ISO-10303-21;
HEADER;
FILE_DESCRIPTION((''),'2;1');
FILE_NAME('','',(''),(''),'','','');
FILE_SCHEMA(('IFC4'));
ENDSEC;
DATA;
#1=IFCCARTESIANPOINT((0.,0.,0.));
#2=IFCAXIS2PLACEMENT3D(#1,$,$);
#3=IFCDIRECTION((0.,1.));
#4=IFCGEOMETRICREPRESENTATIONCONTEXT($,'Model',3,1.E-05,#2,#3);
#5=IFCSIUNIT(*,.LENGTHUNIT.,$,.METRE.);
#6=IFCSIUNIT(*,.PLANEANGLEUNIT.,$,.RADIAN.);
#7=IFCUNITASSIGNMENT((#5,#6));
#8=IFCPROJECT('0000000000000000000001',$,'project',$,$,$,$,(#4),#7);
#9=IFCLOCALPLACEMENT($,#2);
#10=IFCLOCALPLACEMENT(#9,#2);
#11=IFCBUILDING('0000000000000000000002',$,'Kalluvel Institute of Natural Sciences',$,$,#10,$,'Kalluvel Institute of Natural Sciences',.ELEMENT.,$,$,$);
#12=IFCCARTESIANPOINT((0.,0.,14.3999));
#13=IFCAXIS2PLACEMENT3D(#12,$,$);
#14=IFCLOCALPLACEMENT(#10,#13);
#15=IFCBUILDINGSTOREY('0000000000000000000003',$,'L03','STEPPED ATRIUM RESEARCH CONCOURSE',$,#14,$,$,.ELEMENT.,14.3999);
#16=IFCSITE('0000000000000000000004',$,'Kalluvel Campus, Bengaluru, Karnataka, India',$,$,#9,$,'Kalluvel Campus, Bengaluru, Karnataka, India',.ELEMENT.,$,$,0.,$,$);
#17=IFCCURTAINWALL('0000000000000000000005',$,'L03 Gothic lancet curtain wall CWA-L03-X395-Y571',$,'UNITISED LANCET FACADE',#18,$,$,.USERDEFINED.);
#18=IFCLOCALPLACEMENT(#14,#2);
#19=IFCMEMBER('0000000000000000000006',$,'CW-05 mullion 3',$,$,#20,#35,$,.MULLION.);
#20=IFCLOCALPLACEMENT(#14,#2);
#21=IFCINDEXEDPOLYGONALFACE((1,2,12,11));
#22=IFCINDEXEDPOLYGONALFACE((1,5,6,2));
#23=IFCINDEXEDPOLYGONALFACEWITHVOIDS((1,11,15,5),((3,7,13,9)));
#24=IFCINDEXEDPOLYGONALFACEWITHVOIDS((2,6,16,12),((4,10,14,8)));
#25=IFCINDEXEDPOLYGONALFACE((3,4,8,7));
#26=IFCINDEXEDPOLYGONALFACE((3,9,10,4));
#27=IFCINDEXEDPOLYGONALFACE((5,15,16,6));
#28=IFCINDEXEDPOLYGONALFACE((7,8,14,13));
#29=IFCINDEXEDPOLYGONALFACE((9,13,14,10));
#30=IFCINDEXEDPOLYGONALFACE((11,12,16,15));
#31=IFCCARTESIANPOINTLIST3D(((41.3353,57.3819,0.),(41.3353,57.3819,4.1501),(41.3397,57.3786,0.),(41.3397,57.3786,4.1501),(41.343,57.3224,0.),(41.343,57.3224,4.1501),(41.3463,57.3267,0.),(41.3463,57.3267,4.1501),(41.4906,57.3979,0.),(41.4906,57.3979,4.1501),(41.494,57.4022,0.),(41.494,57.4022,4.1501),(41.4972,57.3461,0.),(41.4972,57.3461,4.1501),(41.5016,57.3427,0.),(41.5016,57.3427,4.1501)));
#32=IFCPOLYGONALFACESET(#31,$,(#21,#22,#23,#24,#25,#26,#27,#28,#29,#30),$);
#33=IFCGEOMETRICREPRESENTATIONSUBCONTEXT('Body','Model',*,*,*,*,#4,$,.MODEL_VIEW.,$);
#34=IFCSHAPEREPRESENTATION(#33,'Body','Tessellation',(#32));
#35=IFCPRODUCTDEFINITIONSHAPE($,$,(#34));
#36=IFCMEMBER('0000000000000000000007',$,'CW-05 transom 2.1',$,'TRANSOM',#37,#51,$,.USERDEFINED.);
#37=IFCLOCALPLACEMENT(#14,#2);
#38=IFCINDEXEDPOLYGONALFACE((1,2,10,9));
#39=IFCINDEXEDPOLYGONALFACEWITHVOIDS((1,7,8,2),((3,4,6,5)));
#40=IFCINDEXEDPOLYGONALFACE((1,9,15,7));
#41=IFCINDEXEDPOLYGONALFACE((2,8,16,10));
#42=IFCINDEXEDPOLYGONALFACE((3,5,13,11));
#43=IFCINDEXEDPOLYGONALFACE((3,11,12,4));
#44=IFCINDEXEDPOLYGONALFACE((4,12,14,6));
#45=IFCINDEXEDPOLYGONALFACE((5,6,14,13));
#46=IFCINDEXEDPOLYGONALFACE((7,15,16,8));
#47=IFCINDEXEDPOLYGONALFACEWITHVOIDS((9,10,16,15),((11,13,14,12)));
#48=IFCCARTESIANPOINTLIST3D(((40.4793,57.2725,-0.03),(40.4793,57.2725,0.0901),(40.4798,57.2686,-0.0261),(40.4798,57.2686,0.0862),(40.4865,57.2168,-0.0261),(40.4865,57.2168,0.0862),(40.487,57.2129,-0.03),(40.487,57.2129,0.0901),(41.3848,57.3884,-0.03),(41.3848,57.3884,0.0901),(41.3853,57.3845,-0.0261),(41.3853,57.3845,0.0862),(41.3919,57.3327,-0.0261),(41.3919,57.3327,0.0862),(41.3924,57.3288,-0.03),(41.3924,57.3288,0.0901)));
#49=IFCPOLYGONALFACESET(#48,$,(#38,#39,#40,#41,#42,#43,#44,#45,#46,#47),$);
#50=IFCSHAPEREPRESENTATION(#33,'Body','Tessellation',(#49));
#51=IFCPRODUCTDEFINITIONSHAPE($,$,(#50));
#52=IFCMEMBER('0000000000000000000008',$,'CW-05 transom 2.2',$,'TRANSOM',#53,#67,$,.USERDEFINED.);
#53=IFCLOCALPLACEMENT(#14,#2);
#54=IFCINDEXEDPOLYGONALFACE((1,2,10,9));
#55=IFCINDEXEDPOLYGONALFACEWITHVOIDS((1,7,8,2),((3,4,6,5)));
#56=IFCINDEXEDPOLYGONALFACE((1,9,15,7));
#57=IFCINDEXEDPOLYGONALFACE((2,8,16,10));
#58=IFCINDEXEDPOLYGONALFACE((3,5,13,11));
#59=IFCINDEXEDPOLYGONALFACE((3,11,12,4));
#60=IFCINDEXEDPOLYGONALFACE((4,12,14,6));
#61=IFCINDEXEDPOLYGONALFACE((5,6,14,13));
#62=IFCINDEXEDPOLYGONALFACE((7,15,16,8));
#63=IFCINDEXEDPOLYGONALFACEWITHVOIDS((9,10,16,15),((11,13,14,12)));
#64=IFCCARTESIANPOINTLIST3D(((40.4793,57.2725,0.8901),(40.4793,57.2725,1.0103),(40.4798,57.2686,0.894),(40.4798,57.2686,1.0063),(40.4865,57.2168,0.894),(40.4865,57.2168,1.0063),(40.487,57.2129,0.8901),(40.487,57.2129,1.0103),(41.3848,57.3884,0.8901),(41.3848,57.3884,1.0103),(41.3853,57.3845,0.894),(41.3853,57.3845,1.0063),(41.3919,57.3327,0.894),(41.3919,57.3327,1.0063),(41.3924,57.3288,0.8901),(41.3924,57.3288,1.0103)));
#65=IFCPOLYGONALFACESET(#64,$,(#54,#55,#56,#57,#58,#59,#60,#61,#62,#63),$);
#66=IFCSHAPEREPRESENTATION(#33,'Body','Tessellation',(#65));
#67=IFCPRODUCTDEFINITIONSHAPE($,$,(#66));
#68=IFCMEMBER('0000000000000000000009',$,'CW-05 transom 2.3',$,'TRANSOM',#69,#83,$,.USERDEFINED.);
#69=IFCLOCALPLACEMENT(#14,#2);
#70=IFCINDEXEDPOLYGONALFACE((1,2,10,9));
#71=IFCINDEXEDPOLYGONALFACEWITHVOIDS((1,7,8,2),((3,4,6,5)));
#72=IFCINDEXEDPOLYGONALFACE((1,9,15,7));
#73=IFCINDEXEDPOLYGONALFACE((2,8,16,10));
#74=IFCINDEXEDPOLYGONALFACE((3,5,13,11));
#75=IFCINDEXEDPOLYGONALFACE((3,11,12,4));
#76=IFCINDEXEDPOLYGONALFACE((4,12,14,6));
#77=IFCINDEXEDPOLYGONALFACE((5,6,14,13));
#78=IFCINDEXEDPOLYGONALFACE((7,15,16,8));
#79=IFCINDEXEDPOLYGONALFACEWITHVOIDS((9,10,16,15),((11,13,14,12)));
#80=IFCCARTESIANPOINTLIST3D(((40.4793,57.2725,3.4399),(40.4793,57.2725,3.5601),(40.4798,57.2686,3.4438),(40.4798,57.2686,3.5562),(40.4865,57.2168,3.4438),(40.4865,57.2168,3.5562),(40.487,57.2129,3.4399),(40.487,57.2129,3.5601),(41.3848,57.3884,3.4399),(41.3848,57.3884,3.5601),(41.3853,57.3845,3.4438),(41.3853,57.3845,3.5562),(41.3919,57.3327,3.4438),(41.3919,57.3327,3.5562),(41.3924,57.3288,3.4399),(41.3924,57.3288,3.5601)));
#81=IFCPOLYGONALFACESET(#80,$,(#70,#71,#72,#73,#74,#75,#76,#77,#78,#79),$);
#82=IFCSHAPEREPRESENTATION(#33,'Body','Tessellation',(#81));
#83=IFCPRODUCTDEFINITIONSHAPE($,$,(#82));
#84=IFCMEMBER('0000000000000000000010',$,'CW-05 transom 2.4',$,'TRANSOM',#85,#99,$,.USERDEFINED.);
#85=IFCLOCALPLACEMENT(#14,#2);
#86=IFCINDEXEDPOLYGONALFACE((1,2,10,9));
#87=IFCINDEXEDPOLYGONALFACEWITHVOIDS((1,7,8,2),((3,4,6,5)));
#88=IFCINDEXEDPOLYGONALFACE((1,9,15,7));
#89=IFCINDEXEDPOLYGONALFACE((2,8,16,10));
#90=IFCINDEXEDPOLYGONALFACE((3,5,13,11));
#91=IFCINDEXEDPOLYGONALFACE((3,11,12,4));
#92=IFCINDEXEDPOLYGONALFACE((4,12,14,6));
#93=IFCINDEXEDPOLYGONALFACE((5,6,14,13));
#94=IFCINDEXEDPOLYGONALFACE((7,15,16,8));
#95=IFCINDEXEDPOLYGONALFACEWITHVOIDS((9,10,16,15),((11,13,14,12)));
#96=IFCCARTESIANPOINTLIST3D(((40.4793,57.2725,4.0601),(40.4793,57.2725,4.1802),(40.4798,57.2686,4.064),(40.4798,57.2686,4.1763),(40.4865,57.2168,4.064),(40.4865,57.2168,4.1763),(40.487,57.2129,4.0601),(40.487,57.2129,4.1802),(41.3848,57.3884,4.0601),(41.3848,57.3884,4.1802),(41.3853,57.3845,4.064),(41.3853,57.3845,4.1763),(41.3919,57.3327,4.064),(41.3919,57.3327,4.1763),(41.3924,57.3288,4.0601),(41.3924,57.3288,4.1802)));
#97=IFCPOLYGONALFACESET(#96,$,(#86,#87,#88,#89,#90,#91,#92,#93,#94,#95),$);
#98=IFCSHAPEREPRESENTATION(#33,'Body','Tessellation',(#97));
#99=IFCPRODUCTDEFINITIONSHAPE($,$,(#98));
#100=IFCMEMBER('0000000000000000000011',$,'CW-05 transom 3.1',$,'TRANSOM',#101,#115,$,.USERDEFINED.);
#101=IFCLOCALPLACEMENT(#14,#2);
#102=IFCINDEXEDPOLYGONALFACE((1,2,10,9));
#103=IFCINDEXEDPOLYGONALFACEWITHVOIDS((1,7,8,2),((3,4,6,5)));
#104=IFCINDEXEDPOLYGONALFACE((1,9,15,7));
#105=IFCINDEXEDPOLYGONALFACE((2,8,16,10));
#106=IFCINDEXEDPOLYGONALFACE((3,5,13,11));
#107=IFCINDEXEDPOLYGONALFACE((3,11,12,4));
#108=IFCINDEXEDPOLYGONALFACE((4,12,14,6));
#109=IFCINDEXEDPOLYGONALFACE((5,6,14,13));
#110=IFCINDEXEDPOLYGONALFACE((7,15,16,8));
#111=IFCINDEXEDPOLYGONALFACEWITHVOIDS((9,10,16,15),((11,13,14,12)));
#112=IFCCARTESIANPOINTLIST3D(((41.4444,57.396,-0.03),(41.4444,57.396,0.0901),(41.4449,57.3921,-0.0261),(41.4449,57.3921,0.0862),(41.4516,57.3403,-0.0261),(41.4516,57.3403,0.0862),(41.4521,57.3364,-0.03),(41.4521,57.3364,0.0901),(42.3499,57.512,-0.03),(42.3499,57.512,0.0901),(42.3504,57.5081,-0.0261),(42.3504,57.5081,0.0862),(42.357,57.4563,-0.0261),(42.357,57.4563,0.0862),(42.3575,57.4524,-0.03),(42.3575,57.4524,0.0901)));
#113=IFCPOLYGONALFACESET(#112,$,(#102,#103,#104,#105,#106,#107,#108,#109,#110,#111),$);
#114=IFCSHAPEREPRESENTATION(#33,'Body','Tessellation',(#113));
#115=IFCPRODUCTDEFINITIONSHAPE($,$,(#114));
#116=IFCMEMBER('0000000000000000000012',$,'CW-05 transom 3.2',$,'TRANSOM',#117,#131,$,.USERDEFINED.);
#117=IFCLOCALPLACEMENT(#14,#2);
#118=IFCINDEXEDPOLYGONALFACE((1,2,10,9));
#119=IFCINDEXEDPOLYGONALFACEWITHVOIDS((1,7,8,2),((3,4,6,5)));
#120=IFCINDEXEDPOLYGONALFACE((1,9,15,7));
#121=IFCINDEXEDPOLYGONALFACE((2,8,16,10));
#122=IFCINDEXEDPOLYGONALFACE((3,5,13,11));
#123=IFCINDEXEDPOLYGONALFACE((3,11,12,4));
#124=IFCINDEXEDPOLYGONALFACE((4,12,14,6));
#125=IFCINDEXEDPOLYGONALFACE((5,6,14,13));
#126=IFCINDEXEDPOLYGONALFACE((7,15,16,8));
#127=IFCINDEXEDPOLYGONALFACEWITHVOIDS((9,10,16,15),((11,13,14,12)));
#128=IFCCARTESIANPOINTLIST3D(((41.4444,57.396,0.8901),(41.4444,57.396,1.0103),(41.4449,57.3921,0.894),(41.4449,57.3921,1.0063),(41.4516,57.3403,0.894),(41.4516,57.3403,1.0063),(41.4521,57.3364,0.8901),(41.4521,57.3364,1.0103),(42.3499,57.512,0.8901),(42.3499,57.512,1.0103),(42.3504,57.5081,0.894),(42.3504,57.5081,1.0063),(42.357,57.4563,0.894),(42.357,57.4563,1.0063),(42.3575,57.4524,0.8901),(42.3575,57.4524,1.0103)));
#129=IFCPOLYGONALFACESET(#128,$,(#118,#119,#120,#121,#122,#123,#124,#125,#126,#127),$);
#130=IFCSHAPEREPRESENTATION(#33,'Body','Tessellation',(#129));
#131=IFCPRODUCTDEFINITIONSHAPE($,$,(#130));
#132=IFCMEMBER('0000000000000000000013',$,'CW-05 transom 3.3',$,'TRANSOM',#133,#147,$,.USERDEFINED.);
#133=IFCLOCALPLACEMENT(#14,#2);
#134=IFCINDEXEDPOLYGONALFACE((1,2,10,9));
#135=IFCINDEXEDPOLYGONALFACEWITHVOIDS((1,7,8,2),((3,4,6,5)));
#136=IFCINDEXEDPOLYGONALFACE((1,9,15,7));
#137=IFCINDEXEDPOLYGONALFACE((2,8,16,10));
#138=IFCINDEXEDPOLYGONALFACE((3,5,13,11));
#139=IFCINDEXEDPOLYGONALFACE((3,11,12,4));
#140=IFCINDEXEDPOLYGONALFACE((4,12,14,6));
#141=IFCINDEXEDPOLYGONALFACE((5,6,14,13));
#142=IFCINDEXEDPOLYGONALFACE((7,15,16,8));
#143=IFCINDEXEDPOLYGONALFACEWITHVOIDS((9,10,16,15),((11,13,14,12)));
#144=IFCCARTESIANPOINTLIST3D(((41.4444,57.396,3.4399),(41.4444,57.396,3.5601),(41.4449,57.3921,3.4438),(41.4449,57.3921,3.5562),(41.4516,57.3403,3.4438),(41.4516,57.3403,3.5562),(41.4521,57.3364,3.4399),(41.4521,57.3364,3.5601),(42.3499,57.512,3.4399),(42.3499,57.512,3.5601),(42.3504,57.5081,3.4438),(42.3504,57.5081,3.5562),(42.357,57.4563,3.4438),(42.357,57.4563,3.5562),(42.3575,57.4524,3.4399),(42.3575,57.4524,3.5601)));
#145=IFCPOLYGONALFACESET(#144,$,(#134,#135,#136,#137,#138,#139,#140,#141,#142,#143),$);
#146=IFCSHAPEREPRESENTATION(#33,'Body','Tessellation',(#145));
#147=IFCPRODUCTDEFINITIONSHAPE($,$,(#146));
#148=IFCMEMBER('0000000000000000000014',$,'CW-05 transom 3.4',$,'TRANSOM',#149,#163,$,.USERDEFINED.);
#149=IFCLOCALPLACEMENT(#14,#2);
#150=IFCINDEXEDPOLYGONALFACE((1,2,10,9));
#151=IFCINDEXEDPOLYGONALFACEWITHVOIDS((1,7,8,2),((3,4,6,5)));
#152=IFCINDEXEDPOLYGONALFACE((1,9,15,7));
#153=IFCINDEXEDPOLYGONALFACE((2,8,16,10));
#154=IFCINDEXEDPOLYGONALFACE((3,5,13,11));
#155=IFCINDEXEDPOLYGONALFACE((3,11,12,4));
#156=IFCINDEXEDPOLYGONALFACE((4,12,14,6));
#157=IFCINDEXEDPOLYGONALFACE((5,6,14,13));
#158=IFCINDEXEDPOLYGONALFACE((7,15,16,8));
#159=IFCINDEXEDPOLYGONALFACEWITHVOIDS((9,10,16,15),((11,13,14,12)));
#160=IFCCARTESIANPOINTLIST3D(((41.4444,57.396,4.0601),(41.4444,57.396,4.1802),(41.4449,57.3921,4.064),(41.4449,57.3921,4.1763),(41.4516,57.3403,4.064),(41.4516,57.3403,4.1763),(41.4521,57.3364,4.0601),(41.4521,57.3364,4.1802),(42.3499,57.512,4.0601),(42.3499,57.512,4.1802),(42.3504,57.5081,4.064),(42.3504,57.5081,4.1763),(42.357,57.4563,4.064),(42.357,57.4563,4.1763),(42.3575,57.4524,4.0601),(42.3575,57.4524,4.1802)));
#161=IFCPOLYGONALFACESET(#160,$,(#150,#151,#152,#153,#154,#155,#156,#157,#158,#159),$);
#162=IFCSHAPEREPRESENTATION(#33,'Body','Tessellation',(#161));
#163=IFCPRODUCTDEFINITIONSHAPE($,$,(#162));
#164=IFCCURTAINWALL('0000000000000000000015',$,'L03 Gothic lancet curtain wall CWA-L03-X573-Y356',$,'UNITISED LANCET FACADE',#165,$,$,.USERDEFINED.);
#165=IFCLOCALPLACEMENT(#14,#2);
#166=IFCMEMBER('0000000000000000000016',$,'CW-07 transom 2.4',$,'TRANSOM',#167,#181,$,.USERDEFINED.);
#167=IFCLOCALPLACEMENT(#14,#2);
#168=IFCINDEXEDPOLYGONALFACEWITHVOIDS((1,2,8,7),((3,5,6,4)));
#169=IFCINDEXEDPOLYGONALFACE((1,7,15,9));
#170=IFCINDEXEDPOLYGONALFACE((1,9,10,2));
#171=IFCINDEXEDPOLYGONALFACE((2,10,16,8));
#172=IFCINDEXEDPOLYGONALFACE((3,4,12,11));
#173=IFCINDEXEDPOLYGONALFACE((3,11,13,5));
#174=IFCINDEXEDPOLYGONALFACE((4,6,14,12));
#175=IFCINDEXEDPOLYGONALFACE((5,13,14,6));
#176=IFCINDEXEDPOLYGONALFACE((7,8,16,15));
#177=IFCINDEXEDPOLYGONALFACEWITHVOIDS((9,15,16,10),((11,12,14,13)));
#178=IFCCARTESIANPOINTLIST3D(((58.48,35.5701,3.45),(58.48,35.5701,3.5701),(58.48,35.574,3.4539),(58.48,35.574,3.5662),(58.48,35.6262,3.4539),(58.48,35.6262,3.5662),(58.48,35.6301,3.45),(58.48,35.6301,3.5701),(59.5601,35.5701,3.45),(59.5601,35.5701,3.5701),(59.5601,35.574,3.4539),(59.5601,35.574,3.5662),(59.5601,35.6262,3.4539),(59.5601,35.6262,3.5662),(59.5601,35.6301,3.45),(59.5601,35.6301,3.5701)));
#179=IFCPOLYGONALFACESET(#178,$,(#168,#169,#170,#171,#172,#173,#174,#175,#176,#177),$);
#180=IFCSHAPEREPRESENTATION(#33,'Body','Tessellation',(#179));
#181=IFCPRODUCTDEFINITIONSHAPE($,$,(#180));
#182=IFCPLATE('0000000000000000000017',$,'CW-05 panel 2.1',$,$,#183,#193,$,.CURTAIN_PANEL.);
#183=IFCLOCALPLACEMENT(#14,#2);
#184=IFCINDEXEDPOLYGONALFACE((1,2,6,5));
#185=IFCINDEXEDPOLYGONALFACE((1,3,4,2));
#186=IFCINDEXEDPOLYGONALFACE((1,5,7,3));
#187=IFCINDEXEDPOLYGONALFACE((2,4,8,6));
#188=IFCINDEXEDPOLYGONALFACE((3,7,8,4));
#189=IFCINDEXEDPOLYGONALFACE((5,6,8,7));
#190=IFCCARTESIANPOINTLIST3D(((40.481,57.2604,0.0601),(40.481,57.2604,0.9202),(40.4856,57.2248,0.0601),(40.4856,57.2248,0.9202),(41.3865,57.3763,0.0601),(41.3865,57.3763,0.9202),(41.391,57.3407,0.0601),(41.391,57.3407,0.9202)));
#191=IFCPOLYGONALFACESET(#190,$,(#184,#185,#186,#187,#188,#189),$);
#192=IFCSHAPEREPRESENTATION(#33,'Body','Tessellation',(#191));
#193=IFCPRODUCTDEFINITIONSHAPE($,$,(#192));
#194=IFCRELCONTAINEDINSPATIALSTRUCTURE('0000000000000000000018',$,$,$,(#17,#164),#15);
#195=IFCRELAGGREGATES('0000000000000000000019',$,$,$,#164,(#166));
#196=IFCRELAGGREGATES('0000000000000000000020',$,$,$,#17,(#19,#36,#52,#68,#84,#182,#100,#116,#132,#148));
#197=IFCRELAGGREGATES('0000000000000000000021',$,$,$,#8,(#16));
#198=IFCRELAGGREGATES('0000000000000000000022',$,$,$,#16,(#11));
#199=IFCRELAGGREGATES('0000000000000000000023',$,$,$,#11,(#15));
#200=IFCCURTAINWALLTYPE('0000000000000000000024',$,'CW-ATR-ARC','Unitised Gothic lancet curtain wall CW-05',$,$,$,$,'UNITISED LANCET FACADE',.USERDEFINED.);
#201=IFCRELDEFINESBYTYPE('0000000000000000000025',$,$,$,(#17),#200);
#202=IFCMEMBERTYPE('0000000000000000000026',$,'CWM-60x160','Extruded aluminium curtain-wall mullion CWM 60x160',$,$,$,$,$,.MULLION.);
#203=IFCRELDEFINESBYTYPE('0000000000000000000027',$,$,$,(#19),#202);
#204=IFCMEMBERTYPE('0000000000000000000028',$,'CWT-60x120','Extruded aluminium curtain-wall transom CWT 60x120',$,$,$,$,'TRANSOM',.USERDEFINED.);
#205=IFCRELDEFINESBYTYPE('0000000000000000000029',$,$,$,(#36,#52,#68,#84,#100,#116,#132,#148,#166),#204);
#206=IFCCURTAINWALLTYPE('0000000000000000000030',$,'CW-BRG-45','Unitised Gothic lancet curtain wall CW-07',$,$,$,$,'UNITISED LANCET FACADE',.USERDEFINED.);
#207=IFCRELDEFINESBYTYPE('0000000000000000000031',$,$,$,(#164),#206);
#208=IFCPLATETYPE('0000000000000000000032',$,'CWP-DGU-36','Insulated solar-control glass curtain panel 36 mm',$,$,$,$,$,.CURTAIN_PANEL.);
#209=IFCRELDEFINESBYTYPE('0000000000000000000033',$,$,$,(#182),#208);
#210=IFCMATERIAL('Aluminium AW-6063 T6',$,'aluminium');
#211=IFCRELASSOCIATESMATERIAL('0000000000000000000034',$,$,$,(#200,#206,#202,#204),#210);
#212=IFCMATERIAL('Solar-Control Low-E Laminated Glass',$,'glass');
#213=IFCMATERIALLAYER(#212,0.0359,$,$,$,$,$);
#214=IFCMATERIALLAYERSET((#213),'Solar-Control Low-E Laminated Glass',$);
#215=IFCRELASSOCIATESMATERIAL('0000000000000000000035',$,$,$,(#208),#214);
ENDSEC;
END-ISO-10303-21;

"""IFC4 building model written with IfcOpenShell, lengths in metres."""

from ifc_helpers import new_model, si_unit, direction, frame, origin, origin_2d, place, context, subcontext, project, spatial, rectangle, hollow_rectangle, extrude, material, layer, layer_set, material_profile, profile_set, type_object, element, aggregate, save


model = new_model("IFC4")

# Units and contexts
model_context = context("Model", 3, precision=1e-05, world=origin(), true_north=direction((0.0, 1.0)))
body_context = subcontext(model_context, "Body", "Model", "MODEL_VIEW")
ifc_project = project(units=[si_unit("LENGTHUNIT", "METRE"), si_unit("PLANEANGLEUNIT", "RADIAN")], contexts=[model_context])

# Site, building, storey
site_placement = place(None, origin())
site = spatial("IfcSite", under=ifc_project, at=site_placement, Name="Kalluvel Campus, Bengaluru, Karnataka, India", LongName="Kalluvel Campus, Bengaluru, Karnataka, India", CompositionType="ELEMENT", RefElevation=0.0)
building_placement = place(site_placement, origin())
building = spatial("IfcBuilding", under=site, at=building_placement, Name="Kalluvel Institute of Natural Sciences", LongName="Kalluvel Institute of Natural Sciences", CompositionType="ELEMENT")
storey_placement = place(building_placement, frame((0.0, 0.0, 14.3999)))
storey = spatial("IfcBuildingStorey", under=building, at=storey_placement, Name="L03", Description="STEPPED ATRIUM RESEARCH CONCOURSE", CompositionType="ELEMENT", Elevation=14.3999)

# Curtain wall, members
ifc_material_1 = material(Name="Aluminium AW-6063 T6", Category="aluminium")
curtain_wall_type_1 = type_object("IfcCurtainWallType", Name="CW-ATR-ARC", Description="Unitised Gothic lancet curtain wall CW-05", ElementType="UNITISED LANCET FACADE", PredefinedType="USERDEFINED", material=ifc_material_1)
curtain_wall_1_placement = place(storey_placement, origin())
curtain_wall_1 = element("IfcCurtainWall", 1, at=curtain_wall_1_placement, inside=storey, type_object=curtain_wall_type_1, Name="L03 Gothic lancet curtain wall CWA-L03-X395-Y571", ObjectType="UNITISED LANCET FACADE", PredefinedType="USERDEFINED")
ifc_material_profile_1 = material_profile(ifc_material_1, hollow_rectangle(XDim=0.0601, YDim=0.1599, WallThickness=0.0039, at=origin_2d()), Name="CWM 60x160")
ifc_profile_set_1 = profile_set([ifc_material_profile_1], Name="Aluminium AW-6063 T6")
member_type_1 = type_object("IfcMemberType", Name="CWM-60x160", Description="Extruded aluminium curtain-wall mullion CWM 60x160", PredefinedType="MULLION", material=ifc_profile_set_1)
member_1_placement = place(storey_placement, frame((41.4185, 57.3623, 0.0), z_axis=(0.0, 0.0, 1.0), x_axis=(-0.12701, 0.991901, 0.0)))
member_1 = element("IfcMember", 2, at=member_1_placement, type_object=member_type_1, Name="CW-05 mullion 3", PredefinedType="MULLION", context=body_context, shape_type="SweptSolid", body=[
    extrude(hollow_rectangle(XDim=0.0601, YDim=0.1599, WallThickness=0.0039, at=origin_2d()), origin(), (0.0, 0.0, 1.0), 4.1501),
])
ifc_material_profile_2 = material_profile(ifc_material_1, hollow_rectangle(XDim=0.0601, YDim=0.1201, WallThickness=0.0039, at=origin_2d()), Name="CWT 60x120")
ifc_profile_set_2 = profile_set([ifc_material_profile_2], Name="Aluminium AW-6063 T6")
member_type_2 = type_object("IfcMemberType", Name="CWT-60x120", Description="Extruded aluminium curtain-wall transom CWT 60x120", ElementType="TRANSOM", PredefinedType="USERDEFINED", material=ifc_profile_set_2)
member_2_placement = place(storey_placement, frame((40.4832, 57.2427, 0.03), z_axis=(0.991899, 0.127029, 0.0), x_axis=(-0.127029, 0.991899, 0.0)))
member_2 = element("IfcMember", 3, at=member_2_placement, type_object=member_type_2, Name="CW-05 transom 2.1", ObjectType="TRANSOM", PredefinedType="USERDEFINED", context=body_context, shape_type="SweptSolid", body=[
    extrude(hollow_rectangle(XDim=0.0601, YDim=0.1201, WallThickness=0.0039, at=origin_2d()), origin(), (0.0, 0.0, 1.0), 0.9128),
])
member_3_placement = place(storey_placement, frame((40.4832, 57.2427, 0.9502), z_axis=(0.991899, 0.127029, 0.0), x_axis=(-0.127029, 0.991899, 0.0)))
member_3 = element("IfcMember", 4, at=member_3_placement, type_object=member_type_2, Name="CW-05 transom 2.2", ObjectType="TRANSOM", PredefinedType="USERDEFINED", context=body_context, shape_type="SweptSolid", body=[
    extrude(hollow_rectangle(XDim=0.0601, YDim=0.1201, WallThickness=0.0039, at=origin_2d()), origin(), (0.0, 0.0, 1.0), 0.9128),
])
member_4_placement = place(storey_placement, frame((40.4832, 57.2427, 3.5), z_axis=(0.991899, 0.127029, 0.0), x_axis=(-0.127029, 0.991899, 0.0)))
member_4 = element("IfcMember", 5, at=member_4_placement, type_object=member_type_2, Name="CW-05 transom 2.3", ObjectType="TRANSOM", PredefinedType="USERDEFINED", context=body_context, shape_type="SweptSolid", body=[
    extrude(hollow_rectangle(XDim=0.0601, YDim=0.1201, WallThickness=0.0039, at=origin_2d()), origin(), (0.0, 0.0, 1.0), 0.9128),
])
member_5_placement = place(storey_placement, frame((40.4832, 57.2427, 4.1201), z_axis=(0.991899, 0.127029, 0.0), x_axis=(-0.127029, 0.991899, 0.0)))
member_5 = element("IfcMember", 6, at=member_5_placement, type_object=member_type_2, Name="CW-05 transom 2.4", ObjectType="TRANSOM", PredefinedType="USERDEFINED", context=body_context, shape_type="SweptSolid", body=[
    extrude(hollow_rectangle(XDim=0.0601, YDim=0.1201, WallThickness=0.0039, at=origin_2d()), origin(), (0.0, 0.0, 1.0), 0.9128),
])
member_6_placement = place(storey_placement, frame((41.4482, 57.3662, 0.03), z_axis=(0.991899, 0.127029, 0.0), x_axis=(-0.127029, 0.991899, 0.0)))
member_6 = element("IfcMember", 7, at=member_6_placement, type_object=member_type_2, Name="CW-05 transom 3.1", ObjectType="TRANSOM", PredefinedType="USERDEFINED", context=body_context, shape_type="SweptSolid", body=[
    extrude(hollow_rectangle(XDim=0.0601, YDim=0.1201, WallThickness=0.0039, at=origin_2d()), origin(), (0.0, 0.0, 1.0), 0.9128),
])
member_7_placement = place(storey_placement, frame((41.4482, 57.3662, 0.9502), z_axis=(0.991899, 0.127029, 0.0), x_axis=(-0.127029, 0.991899, 0.0)))
member_7 = element("IfcMember", 8, at=member_7_placement, type_object=member_type_2, Name="CW-05 transom 3.2", ObjectType="TRANSOM", PredefinedType="USERDEFINED", context=body_context, shape_type="SweptSolid", body=[
    extrude(hollow_rectangle(XDim=0.0601, YDim=0.1201, WallThickness=0.0039, at=origin_2d()), origin(), (0.0, 0.0, 1.0), 0.9128),
])
member_8_placement = place(storey_placement, frame((41.4482, 57.3662, 3.5), z_axis=(0.991899, 0.127029, 0.0), x_axis=(-0.127029, 0.991899, 0.0)))
member_8 = element("IfcMember", 9, at=member_8_placement, type_object=member_type_2, Name="CW-05 transom 3.3", ObjectType="TRANSOM", PredefinedType="USERDEFINED", context=body_context, shape_type="SweptSolid", body=[
    extrude(hollow_rectangle(XDim=0.0601, YDim=0.1201, WallThickness=0.0039, at=origin_2d()), origin(), (0.0, 0.0, 1.0), 0.9128),
])
member_9_placement = place(storey_placement, frame((41.4482, 57.3662, 4.1201), z_axis=(0.991899, 0.127029, 0.0), x_axis=(-0.127029, 0.991899, 0.0)))
member_9 = element("IfcMember", 10, at=member_9_placement, type_object=member_type_2, Name="CW-05 transom 3.4", ObjectType="TRANSOM", PredefinedType="USERDEFINED", context=body_context, shape_type="SweptSolid", body=[
    extrude(hollow_rectangle(XDim=0.0601, YDim=0.1201, WallThickness=0.0039, at=origin_2d()), origin(), (0.0, 0.0, 1.0), 0.9128),
])

# Curtain wall, member
curtain_wall_type_2 = type_object("IfcCurtainWallType", Name="CW-BRG-45", Description="Unitised Gothic lancet curtain wall CW-07", ElementType="UNITISED LANCET FACADE", PredefinedType="USERDEFINED", material=ifc_material_1)
curtain_wall_2_placement = place(storey_placement, origin())
curtain_wall_2 = element("IfcCurtainWall", 11, at=curtain_wall_2_placement, inside=storey, type_object=curtain_wall_type_2, Name="L03 Gothic lancet curtain wall CWA-L03-X573-Y356", ObjectType="UNITISED LANCET FACADE", PredefinedType="USERDEFINED")
member_10_placement = place(storey_placement, frame((58.48, 35.6001, 3.51), z_axis=(1.0, 0.0, 0.0), x_axis=(0.0, 1.0, 0.0)))
member_10 = element("IfcMember", 12, at=member_10_placement, type_object=member_type_2, Name="CW-07 transom 2.4", ObjectType="TRANSOM", PredefinedType="USERDEFINED", context=body_context, shape_type="SweptSolid", body=[
    extrude(hollow_rectangle(XDim=0.0601, YDim=0.1201, WallThickness=0.0039, at=origin_2d()), origin(), (0.0, 0.0, 1.0), 1.0801),
])
aggregate(curtain_wall_2, [member_10])

# Plate
ifc_material_2 = material(Name="Solar-Control Low-E Laminated Glass", Category="glass")
ifc_layer_1 = layer(ifc_material_2, 0.0359)
ifc_layer_set_1 = layer_set([ifc_layer_1], Name="Solar-Control Low-E Laminated Glass")
plate_type = type_object("IfcPlateType", Name="CWP-DGU-36", Description="Insulated solar-control glass curtain panel 36 mm", PredefinedType="CURTAIN_PANEL", material=ifc_layer_set_1)
plate_1_placement = place(storey_placement, frame((40.936, 57.3005, 0.0601), z_axis=(0.0, 0.0, 1.0), x_axis=(0.991901, 0.12701, 0.0)))
plate_1 = element("IfcPlate", 13, at=plate_1_placement, type_object=plate_type, Name="CW-05 panel 2.1", PredefinedType="CURTAIN_PANEL", context=body_context, shape_type="SweptSolid", body=[
    extrude(rectangle(XDim=0.9128, YDim=0.0359, at=origin_2d()), origin(), (0.0, 0.0, 1.0), 0.8601),
])
aggregate(curtain_wall_1, [member_1, member_2, member_3, member_4, member_5, plate_1, member_6, member_7, member_8, member_9])

save(model, "model.ifc")
